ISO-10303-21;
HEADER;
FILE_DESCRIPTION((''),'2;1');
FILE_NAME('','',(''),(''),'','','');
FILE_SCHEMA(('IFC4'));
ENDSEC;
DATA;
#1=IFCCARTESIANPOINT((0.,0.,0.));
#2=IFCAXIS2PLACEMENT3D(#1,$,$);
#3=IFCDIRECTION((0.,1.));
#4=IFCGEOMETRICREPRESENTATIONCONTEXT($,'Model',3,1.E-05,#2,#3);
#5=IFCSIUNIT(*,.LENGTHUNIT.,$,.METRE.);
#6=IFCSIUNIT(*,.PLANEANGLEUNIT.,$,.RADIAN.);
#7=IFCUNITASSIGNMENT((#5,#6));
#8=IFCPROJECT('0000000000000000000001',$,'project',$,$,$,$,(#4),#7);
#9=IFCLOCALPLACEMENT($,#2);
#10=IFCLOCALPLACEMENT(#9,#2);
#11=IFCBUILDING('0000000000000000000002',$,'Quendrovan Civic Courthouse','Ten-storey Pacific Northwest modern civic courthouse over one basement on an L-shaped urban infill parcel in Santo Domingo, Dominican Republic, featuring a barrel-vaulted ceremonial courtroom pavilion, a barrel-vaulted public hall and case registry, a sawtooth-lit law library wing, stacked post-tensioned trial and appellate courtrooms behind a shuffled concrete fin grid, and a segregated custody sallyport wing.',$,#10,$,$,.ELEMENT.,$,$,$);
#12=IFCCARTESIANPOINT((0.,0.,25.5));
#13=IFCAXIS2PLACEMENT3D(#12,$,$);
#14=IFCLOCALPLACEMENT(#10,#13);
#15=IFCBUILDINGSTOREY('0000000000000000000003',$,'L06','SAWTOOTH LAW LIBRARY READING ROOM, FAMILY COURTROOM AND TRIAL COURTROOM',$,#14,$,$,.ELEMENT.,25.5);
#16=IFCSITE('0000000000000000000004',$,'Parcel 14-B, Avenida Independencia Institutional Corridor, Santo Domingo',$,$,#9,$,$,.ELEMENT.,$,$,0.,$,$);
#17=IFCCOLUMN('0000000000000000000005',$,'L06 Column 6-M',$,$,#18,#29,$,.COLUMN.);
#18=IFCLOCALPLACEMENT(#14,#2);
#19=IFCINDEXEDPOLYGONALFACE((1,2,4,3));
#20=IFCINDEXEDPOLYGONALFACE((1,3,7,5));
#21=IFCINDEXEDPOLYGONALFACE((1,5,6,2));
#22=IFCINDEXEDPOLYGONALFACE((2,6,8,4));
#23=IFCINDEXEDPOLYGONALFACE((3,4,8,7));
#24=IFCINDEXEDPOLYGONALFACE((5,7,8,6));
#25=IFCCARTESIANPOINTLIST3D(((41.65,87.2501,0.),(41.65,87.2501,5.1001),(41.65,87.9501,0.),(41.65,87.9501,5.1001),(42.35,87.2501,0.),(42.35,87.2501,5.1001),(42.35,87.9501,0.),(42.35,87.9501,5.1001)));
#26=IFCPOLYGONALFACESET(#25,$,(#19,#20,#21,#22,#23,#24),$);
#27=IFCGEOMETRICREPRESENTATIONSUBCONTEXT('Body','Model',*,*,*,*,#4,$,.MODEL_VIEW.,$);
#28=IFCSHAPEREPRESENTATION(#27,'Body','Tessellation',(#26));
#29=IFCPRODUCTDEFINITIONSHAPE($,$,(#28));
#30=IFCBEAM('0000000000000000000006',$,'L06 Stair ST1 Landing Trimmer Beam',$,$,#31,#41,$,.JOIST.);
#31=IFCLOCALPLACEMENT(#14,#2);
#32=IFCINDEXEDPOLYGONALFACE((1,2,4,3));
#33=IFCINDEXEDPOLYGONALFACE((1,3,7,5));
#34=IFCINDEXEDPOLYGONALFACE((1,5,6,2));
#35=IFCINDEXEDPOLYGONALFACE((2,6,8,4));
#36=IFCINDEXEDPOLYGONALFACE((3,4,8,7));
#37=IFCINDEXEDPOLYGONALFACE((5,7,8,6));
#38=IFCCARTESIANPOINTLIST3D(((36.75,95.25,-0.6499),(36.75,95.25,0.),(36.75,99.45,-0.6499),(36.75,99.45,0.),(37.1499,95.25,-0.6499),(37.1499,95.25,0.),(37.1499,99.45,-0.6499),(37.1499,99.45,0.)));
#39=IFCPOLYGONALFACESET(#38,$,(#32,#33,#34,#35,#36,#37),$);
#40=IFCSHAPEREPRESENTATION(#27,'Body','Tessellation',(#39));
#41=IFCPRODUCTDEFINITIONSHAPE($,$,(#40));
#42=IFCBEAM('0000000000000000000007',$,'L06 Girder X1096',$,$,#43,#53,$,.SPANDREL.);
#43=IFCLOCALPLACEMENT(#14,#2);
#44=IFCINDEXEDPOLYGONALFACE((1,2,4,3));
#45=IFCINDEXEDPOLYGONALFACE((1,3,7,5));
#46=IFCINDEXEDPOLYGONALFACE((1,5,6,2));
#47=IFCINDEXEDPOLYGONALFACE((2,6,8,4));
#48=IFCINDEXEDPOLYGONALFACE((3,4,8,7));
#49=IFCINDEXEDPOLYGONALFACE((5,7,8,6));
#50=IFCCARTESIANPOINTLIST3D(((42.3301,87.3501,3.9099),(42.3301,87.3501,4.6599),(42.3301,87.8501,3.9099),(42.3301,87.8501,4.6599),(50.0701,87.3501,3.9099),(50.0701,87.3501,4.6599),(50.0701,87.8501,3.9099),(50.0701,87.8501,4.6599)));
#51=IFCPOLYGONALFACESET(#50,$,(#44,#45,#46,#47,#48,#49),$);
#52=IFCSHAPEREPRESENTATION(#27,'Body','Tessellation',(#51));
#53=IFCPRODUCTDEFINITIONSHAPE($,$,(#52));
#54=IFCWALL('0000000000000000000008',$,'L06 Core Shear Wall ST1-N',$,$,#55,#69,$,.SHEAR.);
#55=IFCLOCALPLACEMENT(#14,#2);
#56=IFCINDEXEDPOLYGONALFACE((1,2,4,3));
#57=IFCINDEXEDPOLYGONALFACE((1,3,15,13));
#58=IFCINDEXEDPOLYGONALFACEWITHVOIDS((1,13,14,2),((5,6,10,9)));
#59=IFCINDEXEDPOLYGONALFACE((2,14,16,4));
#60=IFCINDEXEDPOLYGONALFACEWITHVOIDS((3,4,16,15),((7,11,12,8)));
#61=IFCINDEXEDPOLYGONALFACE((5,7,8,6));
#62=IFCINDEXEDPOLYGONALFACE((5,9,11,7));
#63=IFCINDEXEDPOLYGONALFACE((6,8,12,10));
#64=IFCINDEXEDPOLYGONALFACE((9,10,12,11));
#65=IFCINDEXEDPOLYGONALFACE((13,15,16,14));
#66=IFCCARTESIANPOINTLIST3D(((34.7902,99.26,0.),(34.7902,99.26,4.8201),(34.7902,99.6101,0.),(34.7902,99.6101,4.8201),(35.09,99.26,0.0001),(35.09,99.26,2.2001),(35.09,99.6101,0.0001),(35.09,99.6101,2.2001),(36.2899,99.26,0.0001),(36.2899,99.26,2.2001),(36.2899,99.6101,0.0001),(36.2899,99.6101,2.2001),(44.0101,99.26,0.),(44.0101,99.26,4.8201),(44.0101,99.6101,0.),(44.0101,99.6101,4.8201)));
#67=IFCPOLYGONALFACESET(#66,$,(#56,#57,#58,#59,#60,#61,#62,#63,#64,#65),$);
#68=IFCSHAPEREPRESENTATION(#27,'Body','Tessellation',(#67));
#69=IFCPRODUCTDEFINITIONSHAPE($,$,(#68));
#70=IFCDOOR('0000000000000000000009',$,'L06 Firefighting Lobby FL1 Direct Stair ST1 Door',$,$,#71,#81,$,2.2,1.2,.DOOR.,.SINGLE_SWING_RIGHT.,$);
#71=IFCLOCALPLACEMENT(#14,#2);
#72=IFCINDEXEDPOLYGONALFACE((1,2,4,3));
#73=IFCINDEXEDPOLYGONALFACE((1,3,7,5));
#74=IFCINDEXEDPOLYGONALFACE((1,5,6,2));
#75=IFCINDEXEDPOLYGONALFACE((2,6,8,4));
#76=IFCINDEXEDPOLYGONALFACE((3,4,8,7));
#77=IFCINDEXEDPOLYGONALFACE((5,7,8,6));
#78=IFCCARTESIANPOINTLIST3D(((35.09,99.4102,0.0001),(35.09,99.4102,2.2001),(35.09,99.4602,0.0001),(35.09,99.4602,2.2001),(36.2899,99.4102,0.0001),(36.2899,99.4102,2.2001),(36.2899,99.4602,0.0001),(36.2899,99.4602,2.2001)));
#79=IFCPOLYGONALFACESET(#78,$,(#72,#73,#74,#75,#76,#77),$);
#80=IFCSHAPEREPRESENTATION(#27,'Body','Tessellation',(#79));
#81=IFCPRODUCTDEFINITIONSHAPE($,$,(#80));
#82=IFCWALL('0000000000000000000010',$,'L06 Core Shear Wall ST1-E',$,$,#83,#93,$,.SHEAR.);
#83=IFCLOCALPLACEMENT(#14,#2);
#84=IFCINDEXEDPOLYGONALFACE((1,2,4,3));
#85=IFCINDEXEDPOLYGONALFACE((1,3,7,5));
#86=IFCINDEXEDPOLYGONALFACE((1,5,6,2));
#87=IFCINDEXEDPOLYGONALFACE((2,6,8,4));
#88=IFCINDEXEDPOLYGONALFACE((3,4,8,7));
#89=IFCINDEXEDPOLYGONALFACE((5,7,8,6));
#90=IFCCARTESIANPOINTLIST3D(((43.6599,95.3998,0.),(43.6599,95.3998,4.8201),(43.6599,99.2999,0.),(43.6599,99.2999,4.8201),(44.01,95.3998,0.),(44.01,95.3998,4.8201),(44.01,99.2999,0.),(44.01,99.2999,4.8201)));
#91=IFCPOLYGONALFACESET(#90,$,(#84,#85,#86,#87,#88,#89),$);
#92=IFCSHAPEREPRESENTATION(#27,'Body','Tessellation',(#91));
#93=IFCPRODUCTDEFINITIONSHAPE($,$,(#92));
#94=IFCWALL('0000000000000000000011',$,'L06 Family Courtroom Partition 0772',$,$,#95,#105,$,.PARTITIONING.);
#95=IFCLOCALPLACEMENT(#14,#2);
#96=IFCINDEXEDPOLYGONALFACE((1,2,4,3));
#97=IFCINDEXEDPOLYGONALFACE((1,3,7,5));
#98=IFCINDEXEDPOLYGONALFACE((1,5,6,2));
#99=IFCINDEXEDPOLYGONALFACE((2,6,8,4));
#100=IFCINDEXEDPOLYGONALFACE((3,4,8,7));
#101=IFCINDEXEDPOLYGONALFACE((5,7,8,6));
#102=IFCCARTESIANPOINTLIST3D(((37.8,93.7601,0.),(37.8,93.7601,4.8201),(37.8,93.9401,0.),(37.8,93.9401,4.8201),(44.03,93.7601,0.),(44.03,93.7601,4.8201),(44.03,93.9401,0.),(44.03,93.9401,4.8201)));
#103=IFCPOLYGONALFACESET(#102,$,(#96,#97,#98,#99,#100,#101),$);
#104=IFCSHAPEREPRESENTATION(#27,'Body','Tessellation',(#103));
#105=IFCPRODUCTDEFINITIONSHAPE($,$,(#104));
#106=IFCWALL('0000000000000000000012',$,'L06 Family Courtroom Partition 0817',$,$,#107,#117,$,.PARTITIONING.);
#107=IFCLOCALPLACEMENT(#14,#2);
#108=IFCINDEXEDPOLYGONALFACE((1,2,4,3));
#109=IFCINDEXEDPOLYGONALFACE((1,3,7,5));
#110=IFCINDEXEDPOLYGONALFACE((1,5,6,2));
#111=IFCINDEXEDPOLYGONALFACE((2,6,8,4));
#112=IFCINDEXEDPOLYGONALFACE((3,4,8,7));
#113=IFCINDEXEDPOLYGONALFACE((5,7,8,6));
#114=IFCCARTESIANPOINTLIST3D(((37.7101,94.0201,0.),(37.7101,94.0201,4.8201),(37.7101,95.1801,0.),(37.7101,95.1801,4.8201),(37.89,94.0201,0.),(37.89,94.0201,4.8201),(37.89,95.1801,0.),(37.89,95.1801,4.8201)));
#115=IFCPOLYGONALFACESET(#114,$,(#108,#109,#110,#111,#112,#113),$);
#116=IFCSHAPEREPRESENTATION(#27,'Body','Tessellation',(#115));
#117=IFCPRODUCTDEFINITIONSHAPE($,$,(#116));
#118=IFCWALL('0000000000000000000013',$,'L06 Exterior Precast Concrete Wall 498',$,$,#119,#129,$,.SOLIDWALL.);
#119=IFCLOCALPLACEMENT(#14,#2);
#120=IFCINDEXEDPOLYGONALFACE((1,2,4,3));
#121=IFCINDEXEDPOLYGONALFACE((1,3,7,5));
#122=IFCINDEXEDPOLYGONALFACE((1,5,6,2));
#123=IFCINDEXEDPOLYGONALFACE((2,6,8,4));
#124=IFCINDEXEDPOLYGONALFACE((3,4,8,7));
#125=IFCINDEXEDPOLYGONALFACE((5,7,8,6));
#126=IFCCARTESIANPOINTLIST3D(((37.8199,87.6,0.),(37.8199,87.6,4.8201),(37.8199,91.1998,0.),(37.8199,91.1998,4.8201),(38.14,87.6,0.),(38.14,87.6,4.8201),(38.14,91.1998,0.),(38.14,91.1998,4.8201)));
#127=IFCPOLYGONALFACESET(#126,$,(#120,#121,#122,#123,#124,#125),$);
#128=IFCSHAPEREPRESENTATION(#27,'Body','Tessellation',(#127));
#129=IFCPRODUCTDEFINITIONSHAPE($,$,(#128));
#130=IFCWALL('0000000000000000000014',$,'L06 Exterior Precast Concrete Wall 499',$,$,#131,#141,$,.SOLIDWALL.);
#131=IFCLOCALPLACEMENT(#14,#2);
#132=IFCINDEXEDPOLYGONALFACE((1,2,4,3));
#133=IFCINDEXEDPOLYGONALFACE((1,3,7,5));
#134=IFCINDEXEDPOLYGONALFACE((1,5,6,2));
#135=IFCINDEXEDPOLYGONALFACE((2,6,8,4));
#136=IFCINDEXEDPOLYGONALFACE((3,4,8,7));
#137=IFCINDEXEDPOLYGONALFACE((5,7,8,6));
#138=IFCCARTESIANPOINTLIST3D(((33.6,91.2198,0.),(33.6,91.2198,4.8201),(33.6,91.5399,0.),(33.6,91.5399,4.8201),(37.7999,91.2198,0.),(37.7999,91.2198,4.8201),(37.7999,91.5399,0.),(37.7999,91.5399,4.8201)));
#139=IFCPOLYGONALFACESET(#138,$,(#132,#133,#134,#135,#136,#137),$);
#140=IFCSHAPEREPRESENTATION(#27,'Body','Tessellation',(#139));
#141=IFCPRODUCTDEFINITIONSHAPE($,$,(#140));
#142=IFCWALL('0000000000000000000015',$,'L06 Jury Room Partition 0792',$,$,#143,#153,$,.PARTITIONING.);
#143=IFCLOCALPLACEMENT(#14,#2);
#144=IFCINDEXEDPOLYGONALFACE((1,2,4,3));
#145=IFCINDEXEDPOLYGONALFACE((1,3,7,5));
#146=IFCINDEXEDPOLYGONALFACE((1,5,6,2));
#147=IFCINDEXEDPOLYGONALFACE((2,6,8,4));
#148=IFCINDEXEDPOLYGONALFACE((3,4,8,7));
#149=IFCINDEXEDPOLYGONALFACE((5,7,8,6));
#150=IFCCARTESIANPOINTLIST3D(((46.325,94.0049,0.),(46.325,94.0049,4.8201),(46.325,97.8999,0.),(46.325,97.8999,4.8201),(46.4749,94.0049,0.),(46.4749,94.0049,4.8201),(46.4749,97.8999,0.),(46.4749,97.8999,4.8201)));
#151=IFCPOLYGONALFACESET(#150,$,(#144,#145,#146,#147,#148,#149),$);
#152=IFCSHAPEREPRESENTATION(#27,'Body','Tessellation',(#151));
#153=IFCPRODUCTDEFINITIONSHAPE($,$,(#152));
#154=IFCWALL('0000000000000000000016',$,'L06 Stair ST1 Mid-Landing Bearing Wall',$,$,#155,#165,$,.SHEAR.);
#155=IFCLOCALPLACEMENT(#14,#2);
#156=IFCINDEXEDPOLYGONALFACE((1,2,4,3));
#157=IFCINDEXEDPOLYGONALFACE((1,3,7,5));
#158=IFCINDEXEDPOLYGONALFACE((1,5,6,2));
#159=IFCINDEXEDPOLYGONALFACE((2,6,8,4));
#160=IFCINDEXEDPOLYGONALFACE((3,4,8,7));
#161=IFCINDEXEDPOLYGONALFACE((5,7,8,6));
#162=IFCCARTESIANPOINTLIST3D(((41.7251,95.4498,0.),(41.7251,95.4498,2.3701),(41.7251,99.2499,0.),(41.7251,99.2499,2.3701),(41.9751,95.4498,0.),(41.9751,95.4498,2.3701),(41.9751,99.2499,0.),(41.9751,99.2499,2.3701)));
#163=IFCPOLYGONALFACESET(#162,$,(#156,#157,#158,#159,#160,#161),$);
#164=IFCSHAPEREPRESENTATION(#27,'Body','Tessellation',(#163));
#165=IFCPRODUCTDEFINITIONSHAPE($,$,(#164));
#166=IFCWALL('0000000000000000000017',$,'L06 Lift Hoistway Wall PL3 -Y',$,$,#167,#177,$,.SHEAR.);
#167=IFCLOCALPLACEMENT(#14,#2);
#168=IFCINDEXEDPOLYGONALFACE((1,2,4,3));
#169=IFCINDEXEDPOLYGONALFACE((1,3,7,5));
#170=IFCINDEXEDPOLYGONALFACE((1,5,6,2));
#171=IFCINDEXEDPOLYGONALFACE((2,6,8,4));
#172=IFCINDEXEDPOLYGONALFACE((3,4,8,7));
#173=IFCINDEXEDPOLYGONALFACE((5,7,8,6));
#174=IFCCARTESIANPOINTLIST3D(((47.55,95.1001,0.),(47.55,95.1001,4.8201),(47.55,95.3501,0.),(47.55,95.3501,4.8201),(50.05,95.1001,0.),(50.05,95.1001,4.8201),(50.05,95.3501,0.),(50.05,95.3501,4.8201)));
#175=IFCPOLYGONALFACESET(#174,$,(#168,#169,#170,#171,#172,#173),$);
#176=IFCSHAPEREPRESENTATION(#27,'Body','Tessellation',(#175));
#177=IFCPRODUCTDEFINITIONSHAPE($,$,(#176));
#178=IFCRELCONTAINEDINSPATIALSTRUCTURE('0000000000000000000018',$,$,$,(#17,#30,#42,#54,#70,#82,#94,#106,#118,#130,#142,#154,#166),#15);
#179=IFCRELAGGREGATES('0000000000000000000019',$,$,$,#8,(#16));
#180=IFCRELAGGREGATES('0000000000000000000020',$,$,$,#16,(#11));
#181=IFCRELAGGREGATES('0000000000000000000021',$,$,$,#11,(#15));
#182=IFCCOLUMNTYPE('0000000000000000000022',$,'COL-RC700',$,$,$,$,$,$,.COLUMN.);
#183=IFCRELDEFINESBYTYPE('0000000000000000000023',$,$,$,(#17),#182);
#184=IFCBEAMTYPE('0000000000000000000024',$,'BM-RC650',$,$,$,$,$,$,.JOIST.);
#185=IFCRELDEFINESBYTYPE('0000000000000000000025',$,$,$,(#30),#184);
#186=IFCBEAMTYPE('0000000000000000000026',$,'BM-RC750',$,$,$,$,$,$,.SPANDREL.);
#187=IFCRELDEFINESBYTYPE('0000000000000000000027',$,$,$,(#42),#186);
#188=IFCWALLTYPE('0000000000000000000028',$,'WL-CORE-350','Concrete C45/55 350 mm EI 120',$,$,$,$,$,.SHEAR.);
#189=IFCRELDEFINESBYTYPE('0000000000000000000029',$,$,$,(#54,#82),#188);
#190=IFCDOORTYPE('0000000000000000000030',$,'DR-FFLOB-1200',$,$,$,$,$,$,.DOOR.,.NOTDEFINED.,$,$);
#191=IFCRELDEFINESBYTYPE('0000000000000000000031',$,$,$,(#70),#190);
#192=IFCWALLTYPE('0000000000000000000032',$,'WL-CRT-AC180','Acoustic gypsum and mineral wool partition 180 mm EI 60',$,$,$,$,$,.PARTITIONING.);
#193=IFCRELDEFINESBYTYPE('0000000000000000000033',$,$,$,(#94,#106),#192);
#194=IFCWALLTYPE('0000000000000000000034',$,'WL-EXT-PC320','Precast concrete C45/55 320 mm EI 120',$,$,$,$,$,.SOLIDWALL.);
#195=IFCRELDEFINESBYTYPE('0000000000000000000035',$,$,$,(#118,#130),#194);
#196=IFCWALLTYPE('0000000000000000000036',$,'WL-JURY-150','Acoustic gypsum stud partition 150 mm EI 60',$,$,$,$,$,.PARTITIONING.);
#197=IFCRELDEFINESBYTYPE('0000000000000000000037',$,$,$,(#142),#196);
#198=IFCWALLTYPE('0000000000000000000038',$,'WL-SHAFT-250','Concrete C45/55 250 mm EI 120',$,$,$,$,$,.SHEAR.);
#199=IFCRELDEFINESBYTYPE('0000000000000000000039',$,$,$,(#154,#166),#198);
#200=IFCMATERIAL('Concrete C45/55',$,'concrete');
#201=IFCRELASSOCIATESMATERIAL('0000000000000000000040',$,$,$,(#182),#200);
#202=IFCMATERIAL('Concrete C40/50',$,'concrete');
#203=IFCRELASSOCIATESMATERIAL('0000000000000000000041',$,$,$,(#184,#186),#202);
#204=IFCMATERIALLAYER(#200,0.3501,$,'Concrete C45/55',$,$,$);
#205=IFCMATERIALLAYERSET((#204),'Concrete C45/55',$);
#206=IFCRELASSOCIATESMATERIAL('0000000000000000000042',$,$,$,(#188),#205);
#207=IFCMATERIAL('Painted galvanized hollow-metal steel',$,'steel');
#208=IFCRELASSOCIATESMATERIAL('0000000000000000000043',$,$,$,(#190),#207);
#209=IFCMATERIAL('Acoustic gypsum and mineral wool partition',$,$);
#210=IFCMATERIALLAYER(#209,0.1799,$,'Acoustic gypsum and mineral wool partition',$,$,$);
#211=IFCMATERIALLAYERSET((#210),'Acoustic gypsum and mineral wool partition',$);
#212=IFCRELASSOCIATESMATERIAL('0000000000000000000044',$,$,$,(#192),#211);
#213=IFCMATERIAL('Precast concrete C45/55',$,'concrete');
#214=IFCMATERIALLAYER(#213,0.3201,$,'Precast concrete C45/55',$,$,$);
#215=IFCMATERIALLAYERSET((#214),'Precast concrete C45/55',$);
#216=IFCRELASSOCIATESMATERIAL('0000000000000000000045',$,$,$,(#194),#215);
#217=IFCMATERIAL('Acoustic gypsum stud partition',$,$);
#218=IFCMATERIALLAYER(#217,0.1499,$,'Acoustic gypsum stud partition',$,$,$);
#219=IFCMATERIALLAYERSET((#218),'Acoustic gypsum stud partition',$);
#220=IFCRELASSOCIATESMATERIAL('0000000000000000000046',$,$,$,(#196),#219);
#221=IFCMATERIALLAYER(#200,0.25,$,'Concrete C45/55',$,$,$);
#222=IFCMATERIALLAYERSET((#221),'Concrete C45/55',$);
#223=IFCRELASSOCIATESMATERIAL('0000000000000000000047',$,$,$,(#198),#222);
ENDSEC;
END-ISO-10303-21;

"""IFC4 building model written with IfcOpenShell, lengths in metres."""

from ifc_helpers import new_model, si_unit, direction, frame, frame_2d, origin, origin_2d, place, context, subcontext, project, spatial, rectangle, extrude, material, layer, layer_set, material_profile, profile_set, type_object, element, fill, save


model = new_model("IFC4")

# Units and contexts
model_context = context("Model", 3, precision=1e-05, world=origin(), true_north=direction((0.0, 1.0)))
body_context = subcontext(model_context, "Body", "Model", "MODEL_VIEW")
ifc_project = project(units=[si_unit("LENGTHUNIT", "METRE"), si_unit("PLANEANGLEUNIT", "RADIAN")], contexts=[model_context])

# Site, building, storey
site_placement = place(None, origin())
site = spatial("IfcSite", under=ifc_project, at=site_placement, Name="Parcel 14-B, Avenida Independencia Institutional Corridor, Santo Domingo", CompositionType="ELEMENT", RefElevation=0.0)
building_placement = place(site_placement, origin())
building = spatial("IfcBuilding", under=site, at=building_placement, Name="Quendrovan Civic Courthouse", Description="Ten-storey Pacific Northwest modern civic courthouse over one basement on an L-shaped urban infill parcel in Santo Domingo, Dominican Republic, featuring a barrel-vaulted ceremonial courtroom pavilion, a barrel-vaulted public hall and case registry, a sawtooth-lit law library wing, stacked post-tensioned trial and appellate courtrooms behind a shuffled concrete fin grid, and a segregated custody sallyport wing.", CompositionType="ELEMENT")
storey_placement = place(building_placement, frame((0.0, 0.0, 25.5)))
storey = spatial("IfcBuildingStorey", under=building, at=storey_placement, Name="L06", Description="SAWTOOTH LAW LIBRARY READING ROOM, FAMILY COURTROOM AND TRIAL COURTROOM", CompositionType="ELEMENT", Elevation=25.5)

# Column
ifc_material_1 = material(Name="Concrete C45/55", Category="concrete")
ifc_material_profile_1 = material_profile(ifc_material_1, rectangle(XDim=0.7, YDim=0.7, at=origin_2d()), Name="RC-COL-700x700")
ifc_profile_set_1 = profile_set([ifc_material_profile_1], Name="Concrete C45/55")
column_type = type_object("IfcColumnType", Name="COL-RC700", PredefinedType="COLUMN", material=ifc_profile_set_1)
column_placement = place(storey_placement, frame((42.0, 87.6001, 0.0), z_axis=(0.0, 0.0, 1.0), x_axis=(1.0, 0.0, 0.0)))
element("IfcColumn", 1, at=column_placement, inside=storey, type_object=column_type, Name="L06 Column 6-M", PredefinedType="COLUMN", context=body_context, shape_type="SweptSolid", body=[
    extrude(rectangle(XDim=0.7, YDim=0.7, at=origin_2d()), origin(), (0.0, 0.0, 1.0), 5.1001),
])

# Beams
ifc_material_2 = material(Name="Concrete C40/50", Category="concrete")
ifc_material_profile_2 = material_profile(ifc_material_2, rectangle(XDim=0.3999, YDim=0.6499, at=origin_2d()), Name="RC-BM-400x650")
ifc_profile_set_2 = profile_set([ifc_material_profile_2], Name="Concrete C40/50")
beam_type_1 = type_object("IfcBeamType", Name="BM-RC650", PredefinedType="JOIST", material=ifc_profile_set_2)
beam_1_placement = place(storey_placement, frame((36.95, 95.25, -0.325), z_axis=(0.0, 1.0, 0.0), x_axis=(-1.0, 0.0, 0.0)))
element("IfcBeam", 2, at=beam_1_placement, inside=storey, type_object=beam_type_1, Name="L06 Stair ST1 Landing Trimmer Beam", PredefinedType="JOIST", context=body_context, shape_type="SweptSolid", body=[
    extrude(rectangle(XDim=0.3999, YDim=0.6499, at=origin_2d()), origin(), (0.0, 0.0, 1.0), 4.2),
])
ifc_material_profile_3 = material_profile(ifc_material_2, rectangle(XDim=0.5, YDim=0.75, at=origin_2d()), Name="RC-BM-500x750")
ifc_profile_set_3 = profile_set([ifc_material_profile_3], Name="Concrete C40/50")
beam_type_2 = type_object("IfcBeamType", Name="BM-RC750", PredefinedType="SPANDREL", material=ifc_profile_set_3)
beam_2_placement = place(storey_placement, frame((42.3301, 87.6001, 4.2849), z_axis=(1.0, 0.0, 0.0), x_axis=(0.0, 1.0, 0.0)))
element("IfcBeam", 3, at=beam_2_placement, inside=storey, type_object=beam_type_2, Name="L06 Girder X1096", PredefinedType="SPANDREL", context=body_context, shape_type="SweptSolid", body=[
    extrude(rectangle(XDim=0.5, YDim=0.75, at=origin_2d()), origin(), (0.0, 0.0, 1.0), 7.74),
])

# Wall, opening, door
ifc_layer_1 = layer(ifc_material_1, 0.3501, Name="Concrete C45/55")
ifc_layer_set_1 = layer_set([ifc_layer_1], Name="Concrete C45/55")
wall_type_1 = type_object("IfcWallType", Name="WL-CORE-350", Description="Concrete C45/55 350 mm EI 120", PredefinedType="SHEAR", material=ifc_layer_set_1)
wall_1_placement = place(storey_placement, frame((44.01, 99.4351, 0.0), z_axis=(0.0, 0.0, 1.0), x_axis=(-1.0, 0.0, 0.0)))
wall_1 = element("IfcWall", 4, at=wall_1_placement, inside=storey, type_object=wall_type_1, Name="L06 Core Shear Wall ST1-N", PredefinedType="SHEAR", context=body_context, shape_type="SweptSolid", body=[
    extrude(rectangle(XDim=9.22, YDim=0.3501, at=frame_2d((4.6099, 0.0))), origin(), (0.0, 0.0, 1.0), 4.8201),
])
opening_1_placement = place(wall_1_placement, frame((7.72, 0.0, 0.0)))
opening_1 = element("IfcOpeningElement", 5, at=opening_1_placement, cuts=wall_1, PredefinedType="OPENING", context=body_context, shape_type="SweptSolid", body=[
    extrude(rectangle(XDim=1.2, YDim=2.2, at=frame_2d((0.6001, 1.1001))), frame((0.0, 0.1851, 0.0), z_axis=(0.0, -1.0, 0.0), x_axis=(1.0, 0.0, 0.0)), (0.0, 0.0, 1.0), 0.3701),
])
ifc_material_3 = material(Name="Painted galvanized hollow-metal steel", Category="steel")
door_type_1 = type_object("IfcDoorType", Name="DR-FFLOB-1200", OperationType="NOTDEFINED", PredefinedType="DOOR", material=ifc_material_3)
door_1_placement = place(opening_1_placement, origin())
door_1 = element("IfcDoor", 6, at=door_1_placement, inside=storey, type_object=door_type_1, Name="L06 Firefighting Lobby FL1 Direct Stair ST1 Door", OperationType="SINGLE_SWING_RIGHT", OverallHeight=2.2, OverallWidth=1.2, PredefinedType="DOOR", context=body_context, shape_type="SweptSolid", body=[
    extrude(rectangle(XDim=1.2, YDim=2.2, at=frame_2d((0.6001, 1.1001))), frame((0.0, 0.0249, 0.0), z_axis=(0.0, -1.0, 0.0), x_axis=(1.0, 0.0, 0.0)), (0.0, 0.0, 1.0), 0.05),
])
fill(opening_1, door_1)

# Walls
wall_2_placement = place(storey_placement, frame((43.835, 99.3, 0.0), z_axis=(0.0, 0.0, 1.0), x_axis=(0.0, -1.0, 0.0)))
element("IfcWall", 7, at=wall_2_placement, inside=storey, type_object=wall_type_1, Name="L06 Core Shear Wall ST1-E", PredefinedType="SHEAR", context=body_context, shape_type="SweptSolid", body=[
    extrude(rectangle(XDim=3.9001, YDim=0.3501, at=frame_2d((1.9502, 0.0))), origin(), (0.0, 0.0, 1.0), 4.8201),
])
ifc_material_4 = material(Name="Acoustic gypsum and mineral wool partition")
ifc_layer_2 = layer(ifc_material_4, 0.1799, Name="Acoustic gypsum and mineral wool partition")
ifc_layer_set_2 = layer_set([ifc_layer_2], Name="Acoustic gypsum and mineral wool partition")
wall_type_2 = type_object("IfcWallType", Name="WL-CRT-AC180", Description="Acoustic gypsum and mineral wool partition 180 mm EI 60", PredefinedType="PARTITIONING", material=ifc_layer_set_2)
wall_3_placement = place(storey_placement, frame((44.03, 93.8501, 0.0), z_axis=(0.0, 0.0, 1.0), x_axis=(-1.0, 0.0, 0.0)))
element("IfcWall", 8, at=wall_3_placement, inside=storey, type_object=wall_type_2, Name="L06 Family Courtroom Partition 0772", PredefinedType="PARTITIONING", context=body_context, shape_type="SweptSolid", body=[
    extrude(rectangle(XDim=6.23, YDim=0.1799, at=frame_2d((3.115, 0.0))), origin(), (0.0, 0.0, 1.0), 4.8201),
])
wall_4_placement = place(storey_placement, frame((37.8, 94.02, 0.0), z_axis=(0.0, 0.0, 1.0), x_axis=(0.0, 1.0, 0.0)))
element("IfcWall", 9, at=wall_4_placement, inside=storey, type_object=wall_type_2, Name="L06 Family Courtroom Partition 0817", PredefinedType="PARTITIONING", context=body_context, shape_type="SweptSolid", body=[
    extrude(rectangle(XDim=1.1599, YDim=0.1799, at=frame_2d((0.5801, 0.0))), origin(), (0.0, 0.0, 1.0), 4.8201),
])
ifc_material_5 = material(Name="Precast concrete C45/55", Category="concrete")
ifc_layer_3 = layer(ifc_material_5, 0.3201, Name="Precast concrete C45/55")
ifc_layer_set_3 = layer_set([ifc_layer_3], Name="Precast concrete C45/55")
wall_type_3 = type_object("IfcWallType", Name="WL-EXT-PC320", Description="Precast concrete C45/55 320 mm EI 120", PredefinedType="SOLIDWALL", material=ifc_layer_set_3)
wall_5_placement = place(storey_placement, frame((37.98, 87.6001, 0.0), z_axis=(0.0, 0.0, 1.0), x_axis=(0.0, 1.0, 0.0)))
element("IfcWall", 10, at=wall_5_placement, inside=storey, type_object=wall_type_3, Name="L06 Exterior Precast Concrete Wall 498", PredefinedType="SOLIDWALL", context=body_context, shape_type="SweptSolid", body=[
    extrude(rectangle(XDim=3.5999, YDim=0.3201, at=frame_2d((1.7998, 0.0))), origin(), (0.0, 0.0, 1.0), 4.8201),
])
wall_6_placement = place(storey_placement, frame((37.8, 91.3799, 0.0), z_axis=(0.0, 0.0, 1.0), x_axis=(-1.0, 0.0, 0.0)))
element("IfcWall", 11, at=wall_6_placement, inside=storey, type_object=wall_type_3, Name="L06 Exterior Precast Concrete Wall 499", PredefinedType="SOLIDWALL", context=body_context, shape_type="SweptSolid", body=[
    extrude(rectangle(XDim=4.2, YDim=0.3201, at=frame_2d((2.1001, 0.0))), origin(), (0.0, 0.0, 1.0), 4.8201),
])
ifc_material_6 = material(Name="Acoustic gypsum stud partition")
ifc_layer_4 = layer(ifc_material_6, 0.1499, Name="Acoustic gypsum stud partition")
ifc_layer_set_4 = layer_set([ifc_layer_4], Name="Acoustic gypsum stud partition")
wall_type_4 = type_object("IfcWallType", Name="WL-JURY-150", Description="Acoustic gypsum stud partition 150 mm EI 60", PredefinedType="PARTITIONING", material=ifc_layer_set_4)
wall_7_placement = place(storey_placement, frame((46.3999, 94.0049, 0.0), z_axis=(0.0, 0.0, 1.0), x_axis=(0.0, 1.0, 0.0)))
element("IfcWall", 12, at=wall_7_placement, inside=storey, type_object=wall_type_4, Name="L06 Jury Room Partition 0792", PredefinedType="PARTITIONING", context=body_context, shape_type="SweptSolid", body=[
    extrude(rectangle(XDim=3.895, YDim=0.1499, at=frame_2d((1.9475, 0.0))), origin(), (0.0, 0.0, 1.0), 4.8201),
])
ifc_layer_5 = layer(ifc_material_1, 0.25, Name="Concrete C45/55")
ifc_layer_set_5 = layer_set([ifc_layer_5], Name="Concrete C45/55")
wall_type_5 = type_object("IfcWallType", Name="WL-SHAFT-250", Description="Concrete C45/55 250 mm EI 120", PredefinedType="SHEAR", material=ifc_layer_set_5)
wall_8_placement = place(storey_placement, frame((41.8501, 95.45, 0.0), z_axis=(0.0, 0.0, 1.0), x_axis=(0.0, 1.0, 0.0)))
element("IfcWall", 13, at=wall_8_placement, inside=storey, type_object=wall_type_5, Name="L06 Stair ST1 Mid-Landing Bearing Wall", PredefinedType="SHEAR", context=body_context, shape_type="SweptSolid", body=[
    extrude(rectangle(XDim=3.8, YDim=0.25, at=frame_2d((1.8999, 0.0))), origin(), (0.0, 0.0, 1.0), 2.3701),
])
wall_9_placement = place(storey_placement, frame((47.55, 95.2251, 0.0), z_axis=(0.0, 0.0, 1.0), x_axis=(1.0, 0.0, 0.0)))
element("IfcWall", 14, at=wall_9_placement, inside=storey, type_object=wall_type_5, Name="L06 Lift Hoistway Wall PL3 -Y", PredefinedType="SHEAR", context=body_context, shape_type="SweptSolid", body=[
    extrude(rectangle(XDim=2.5, YDim=0.25, at=frame_2d((1.25, 0.0))), origin(), (0.0, 0.0, 1.0), 4.8201),
])

save(model, "model.ifc")
